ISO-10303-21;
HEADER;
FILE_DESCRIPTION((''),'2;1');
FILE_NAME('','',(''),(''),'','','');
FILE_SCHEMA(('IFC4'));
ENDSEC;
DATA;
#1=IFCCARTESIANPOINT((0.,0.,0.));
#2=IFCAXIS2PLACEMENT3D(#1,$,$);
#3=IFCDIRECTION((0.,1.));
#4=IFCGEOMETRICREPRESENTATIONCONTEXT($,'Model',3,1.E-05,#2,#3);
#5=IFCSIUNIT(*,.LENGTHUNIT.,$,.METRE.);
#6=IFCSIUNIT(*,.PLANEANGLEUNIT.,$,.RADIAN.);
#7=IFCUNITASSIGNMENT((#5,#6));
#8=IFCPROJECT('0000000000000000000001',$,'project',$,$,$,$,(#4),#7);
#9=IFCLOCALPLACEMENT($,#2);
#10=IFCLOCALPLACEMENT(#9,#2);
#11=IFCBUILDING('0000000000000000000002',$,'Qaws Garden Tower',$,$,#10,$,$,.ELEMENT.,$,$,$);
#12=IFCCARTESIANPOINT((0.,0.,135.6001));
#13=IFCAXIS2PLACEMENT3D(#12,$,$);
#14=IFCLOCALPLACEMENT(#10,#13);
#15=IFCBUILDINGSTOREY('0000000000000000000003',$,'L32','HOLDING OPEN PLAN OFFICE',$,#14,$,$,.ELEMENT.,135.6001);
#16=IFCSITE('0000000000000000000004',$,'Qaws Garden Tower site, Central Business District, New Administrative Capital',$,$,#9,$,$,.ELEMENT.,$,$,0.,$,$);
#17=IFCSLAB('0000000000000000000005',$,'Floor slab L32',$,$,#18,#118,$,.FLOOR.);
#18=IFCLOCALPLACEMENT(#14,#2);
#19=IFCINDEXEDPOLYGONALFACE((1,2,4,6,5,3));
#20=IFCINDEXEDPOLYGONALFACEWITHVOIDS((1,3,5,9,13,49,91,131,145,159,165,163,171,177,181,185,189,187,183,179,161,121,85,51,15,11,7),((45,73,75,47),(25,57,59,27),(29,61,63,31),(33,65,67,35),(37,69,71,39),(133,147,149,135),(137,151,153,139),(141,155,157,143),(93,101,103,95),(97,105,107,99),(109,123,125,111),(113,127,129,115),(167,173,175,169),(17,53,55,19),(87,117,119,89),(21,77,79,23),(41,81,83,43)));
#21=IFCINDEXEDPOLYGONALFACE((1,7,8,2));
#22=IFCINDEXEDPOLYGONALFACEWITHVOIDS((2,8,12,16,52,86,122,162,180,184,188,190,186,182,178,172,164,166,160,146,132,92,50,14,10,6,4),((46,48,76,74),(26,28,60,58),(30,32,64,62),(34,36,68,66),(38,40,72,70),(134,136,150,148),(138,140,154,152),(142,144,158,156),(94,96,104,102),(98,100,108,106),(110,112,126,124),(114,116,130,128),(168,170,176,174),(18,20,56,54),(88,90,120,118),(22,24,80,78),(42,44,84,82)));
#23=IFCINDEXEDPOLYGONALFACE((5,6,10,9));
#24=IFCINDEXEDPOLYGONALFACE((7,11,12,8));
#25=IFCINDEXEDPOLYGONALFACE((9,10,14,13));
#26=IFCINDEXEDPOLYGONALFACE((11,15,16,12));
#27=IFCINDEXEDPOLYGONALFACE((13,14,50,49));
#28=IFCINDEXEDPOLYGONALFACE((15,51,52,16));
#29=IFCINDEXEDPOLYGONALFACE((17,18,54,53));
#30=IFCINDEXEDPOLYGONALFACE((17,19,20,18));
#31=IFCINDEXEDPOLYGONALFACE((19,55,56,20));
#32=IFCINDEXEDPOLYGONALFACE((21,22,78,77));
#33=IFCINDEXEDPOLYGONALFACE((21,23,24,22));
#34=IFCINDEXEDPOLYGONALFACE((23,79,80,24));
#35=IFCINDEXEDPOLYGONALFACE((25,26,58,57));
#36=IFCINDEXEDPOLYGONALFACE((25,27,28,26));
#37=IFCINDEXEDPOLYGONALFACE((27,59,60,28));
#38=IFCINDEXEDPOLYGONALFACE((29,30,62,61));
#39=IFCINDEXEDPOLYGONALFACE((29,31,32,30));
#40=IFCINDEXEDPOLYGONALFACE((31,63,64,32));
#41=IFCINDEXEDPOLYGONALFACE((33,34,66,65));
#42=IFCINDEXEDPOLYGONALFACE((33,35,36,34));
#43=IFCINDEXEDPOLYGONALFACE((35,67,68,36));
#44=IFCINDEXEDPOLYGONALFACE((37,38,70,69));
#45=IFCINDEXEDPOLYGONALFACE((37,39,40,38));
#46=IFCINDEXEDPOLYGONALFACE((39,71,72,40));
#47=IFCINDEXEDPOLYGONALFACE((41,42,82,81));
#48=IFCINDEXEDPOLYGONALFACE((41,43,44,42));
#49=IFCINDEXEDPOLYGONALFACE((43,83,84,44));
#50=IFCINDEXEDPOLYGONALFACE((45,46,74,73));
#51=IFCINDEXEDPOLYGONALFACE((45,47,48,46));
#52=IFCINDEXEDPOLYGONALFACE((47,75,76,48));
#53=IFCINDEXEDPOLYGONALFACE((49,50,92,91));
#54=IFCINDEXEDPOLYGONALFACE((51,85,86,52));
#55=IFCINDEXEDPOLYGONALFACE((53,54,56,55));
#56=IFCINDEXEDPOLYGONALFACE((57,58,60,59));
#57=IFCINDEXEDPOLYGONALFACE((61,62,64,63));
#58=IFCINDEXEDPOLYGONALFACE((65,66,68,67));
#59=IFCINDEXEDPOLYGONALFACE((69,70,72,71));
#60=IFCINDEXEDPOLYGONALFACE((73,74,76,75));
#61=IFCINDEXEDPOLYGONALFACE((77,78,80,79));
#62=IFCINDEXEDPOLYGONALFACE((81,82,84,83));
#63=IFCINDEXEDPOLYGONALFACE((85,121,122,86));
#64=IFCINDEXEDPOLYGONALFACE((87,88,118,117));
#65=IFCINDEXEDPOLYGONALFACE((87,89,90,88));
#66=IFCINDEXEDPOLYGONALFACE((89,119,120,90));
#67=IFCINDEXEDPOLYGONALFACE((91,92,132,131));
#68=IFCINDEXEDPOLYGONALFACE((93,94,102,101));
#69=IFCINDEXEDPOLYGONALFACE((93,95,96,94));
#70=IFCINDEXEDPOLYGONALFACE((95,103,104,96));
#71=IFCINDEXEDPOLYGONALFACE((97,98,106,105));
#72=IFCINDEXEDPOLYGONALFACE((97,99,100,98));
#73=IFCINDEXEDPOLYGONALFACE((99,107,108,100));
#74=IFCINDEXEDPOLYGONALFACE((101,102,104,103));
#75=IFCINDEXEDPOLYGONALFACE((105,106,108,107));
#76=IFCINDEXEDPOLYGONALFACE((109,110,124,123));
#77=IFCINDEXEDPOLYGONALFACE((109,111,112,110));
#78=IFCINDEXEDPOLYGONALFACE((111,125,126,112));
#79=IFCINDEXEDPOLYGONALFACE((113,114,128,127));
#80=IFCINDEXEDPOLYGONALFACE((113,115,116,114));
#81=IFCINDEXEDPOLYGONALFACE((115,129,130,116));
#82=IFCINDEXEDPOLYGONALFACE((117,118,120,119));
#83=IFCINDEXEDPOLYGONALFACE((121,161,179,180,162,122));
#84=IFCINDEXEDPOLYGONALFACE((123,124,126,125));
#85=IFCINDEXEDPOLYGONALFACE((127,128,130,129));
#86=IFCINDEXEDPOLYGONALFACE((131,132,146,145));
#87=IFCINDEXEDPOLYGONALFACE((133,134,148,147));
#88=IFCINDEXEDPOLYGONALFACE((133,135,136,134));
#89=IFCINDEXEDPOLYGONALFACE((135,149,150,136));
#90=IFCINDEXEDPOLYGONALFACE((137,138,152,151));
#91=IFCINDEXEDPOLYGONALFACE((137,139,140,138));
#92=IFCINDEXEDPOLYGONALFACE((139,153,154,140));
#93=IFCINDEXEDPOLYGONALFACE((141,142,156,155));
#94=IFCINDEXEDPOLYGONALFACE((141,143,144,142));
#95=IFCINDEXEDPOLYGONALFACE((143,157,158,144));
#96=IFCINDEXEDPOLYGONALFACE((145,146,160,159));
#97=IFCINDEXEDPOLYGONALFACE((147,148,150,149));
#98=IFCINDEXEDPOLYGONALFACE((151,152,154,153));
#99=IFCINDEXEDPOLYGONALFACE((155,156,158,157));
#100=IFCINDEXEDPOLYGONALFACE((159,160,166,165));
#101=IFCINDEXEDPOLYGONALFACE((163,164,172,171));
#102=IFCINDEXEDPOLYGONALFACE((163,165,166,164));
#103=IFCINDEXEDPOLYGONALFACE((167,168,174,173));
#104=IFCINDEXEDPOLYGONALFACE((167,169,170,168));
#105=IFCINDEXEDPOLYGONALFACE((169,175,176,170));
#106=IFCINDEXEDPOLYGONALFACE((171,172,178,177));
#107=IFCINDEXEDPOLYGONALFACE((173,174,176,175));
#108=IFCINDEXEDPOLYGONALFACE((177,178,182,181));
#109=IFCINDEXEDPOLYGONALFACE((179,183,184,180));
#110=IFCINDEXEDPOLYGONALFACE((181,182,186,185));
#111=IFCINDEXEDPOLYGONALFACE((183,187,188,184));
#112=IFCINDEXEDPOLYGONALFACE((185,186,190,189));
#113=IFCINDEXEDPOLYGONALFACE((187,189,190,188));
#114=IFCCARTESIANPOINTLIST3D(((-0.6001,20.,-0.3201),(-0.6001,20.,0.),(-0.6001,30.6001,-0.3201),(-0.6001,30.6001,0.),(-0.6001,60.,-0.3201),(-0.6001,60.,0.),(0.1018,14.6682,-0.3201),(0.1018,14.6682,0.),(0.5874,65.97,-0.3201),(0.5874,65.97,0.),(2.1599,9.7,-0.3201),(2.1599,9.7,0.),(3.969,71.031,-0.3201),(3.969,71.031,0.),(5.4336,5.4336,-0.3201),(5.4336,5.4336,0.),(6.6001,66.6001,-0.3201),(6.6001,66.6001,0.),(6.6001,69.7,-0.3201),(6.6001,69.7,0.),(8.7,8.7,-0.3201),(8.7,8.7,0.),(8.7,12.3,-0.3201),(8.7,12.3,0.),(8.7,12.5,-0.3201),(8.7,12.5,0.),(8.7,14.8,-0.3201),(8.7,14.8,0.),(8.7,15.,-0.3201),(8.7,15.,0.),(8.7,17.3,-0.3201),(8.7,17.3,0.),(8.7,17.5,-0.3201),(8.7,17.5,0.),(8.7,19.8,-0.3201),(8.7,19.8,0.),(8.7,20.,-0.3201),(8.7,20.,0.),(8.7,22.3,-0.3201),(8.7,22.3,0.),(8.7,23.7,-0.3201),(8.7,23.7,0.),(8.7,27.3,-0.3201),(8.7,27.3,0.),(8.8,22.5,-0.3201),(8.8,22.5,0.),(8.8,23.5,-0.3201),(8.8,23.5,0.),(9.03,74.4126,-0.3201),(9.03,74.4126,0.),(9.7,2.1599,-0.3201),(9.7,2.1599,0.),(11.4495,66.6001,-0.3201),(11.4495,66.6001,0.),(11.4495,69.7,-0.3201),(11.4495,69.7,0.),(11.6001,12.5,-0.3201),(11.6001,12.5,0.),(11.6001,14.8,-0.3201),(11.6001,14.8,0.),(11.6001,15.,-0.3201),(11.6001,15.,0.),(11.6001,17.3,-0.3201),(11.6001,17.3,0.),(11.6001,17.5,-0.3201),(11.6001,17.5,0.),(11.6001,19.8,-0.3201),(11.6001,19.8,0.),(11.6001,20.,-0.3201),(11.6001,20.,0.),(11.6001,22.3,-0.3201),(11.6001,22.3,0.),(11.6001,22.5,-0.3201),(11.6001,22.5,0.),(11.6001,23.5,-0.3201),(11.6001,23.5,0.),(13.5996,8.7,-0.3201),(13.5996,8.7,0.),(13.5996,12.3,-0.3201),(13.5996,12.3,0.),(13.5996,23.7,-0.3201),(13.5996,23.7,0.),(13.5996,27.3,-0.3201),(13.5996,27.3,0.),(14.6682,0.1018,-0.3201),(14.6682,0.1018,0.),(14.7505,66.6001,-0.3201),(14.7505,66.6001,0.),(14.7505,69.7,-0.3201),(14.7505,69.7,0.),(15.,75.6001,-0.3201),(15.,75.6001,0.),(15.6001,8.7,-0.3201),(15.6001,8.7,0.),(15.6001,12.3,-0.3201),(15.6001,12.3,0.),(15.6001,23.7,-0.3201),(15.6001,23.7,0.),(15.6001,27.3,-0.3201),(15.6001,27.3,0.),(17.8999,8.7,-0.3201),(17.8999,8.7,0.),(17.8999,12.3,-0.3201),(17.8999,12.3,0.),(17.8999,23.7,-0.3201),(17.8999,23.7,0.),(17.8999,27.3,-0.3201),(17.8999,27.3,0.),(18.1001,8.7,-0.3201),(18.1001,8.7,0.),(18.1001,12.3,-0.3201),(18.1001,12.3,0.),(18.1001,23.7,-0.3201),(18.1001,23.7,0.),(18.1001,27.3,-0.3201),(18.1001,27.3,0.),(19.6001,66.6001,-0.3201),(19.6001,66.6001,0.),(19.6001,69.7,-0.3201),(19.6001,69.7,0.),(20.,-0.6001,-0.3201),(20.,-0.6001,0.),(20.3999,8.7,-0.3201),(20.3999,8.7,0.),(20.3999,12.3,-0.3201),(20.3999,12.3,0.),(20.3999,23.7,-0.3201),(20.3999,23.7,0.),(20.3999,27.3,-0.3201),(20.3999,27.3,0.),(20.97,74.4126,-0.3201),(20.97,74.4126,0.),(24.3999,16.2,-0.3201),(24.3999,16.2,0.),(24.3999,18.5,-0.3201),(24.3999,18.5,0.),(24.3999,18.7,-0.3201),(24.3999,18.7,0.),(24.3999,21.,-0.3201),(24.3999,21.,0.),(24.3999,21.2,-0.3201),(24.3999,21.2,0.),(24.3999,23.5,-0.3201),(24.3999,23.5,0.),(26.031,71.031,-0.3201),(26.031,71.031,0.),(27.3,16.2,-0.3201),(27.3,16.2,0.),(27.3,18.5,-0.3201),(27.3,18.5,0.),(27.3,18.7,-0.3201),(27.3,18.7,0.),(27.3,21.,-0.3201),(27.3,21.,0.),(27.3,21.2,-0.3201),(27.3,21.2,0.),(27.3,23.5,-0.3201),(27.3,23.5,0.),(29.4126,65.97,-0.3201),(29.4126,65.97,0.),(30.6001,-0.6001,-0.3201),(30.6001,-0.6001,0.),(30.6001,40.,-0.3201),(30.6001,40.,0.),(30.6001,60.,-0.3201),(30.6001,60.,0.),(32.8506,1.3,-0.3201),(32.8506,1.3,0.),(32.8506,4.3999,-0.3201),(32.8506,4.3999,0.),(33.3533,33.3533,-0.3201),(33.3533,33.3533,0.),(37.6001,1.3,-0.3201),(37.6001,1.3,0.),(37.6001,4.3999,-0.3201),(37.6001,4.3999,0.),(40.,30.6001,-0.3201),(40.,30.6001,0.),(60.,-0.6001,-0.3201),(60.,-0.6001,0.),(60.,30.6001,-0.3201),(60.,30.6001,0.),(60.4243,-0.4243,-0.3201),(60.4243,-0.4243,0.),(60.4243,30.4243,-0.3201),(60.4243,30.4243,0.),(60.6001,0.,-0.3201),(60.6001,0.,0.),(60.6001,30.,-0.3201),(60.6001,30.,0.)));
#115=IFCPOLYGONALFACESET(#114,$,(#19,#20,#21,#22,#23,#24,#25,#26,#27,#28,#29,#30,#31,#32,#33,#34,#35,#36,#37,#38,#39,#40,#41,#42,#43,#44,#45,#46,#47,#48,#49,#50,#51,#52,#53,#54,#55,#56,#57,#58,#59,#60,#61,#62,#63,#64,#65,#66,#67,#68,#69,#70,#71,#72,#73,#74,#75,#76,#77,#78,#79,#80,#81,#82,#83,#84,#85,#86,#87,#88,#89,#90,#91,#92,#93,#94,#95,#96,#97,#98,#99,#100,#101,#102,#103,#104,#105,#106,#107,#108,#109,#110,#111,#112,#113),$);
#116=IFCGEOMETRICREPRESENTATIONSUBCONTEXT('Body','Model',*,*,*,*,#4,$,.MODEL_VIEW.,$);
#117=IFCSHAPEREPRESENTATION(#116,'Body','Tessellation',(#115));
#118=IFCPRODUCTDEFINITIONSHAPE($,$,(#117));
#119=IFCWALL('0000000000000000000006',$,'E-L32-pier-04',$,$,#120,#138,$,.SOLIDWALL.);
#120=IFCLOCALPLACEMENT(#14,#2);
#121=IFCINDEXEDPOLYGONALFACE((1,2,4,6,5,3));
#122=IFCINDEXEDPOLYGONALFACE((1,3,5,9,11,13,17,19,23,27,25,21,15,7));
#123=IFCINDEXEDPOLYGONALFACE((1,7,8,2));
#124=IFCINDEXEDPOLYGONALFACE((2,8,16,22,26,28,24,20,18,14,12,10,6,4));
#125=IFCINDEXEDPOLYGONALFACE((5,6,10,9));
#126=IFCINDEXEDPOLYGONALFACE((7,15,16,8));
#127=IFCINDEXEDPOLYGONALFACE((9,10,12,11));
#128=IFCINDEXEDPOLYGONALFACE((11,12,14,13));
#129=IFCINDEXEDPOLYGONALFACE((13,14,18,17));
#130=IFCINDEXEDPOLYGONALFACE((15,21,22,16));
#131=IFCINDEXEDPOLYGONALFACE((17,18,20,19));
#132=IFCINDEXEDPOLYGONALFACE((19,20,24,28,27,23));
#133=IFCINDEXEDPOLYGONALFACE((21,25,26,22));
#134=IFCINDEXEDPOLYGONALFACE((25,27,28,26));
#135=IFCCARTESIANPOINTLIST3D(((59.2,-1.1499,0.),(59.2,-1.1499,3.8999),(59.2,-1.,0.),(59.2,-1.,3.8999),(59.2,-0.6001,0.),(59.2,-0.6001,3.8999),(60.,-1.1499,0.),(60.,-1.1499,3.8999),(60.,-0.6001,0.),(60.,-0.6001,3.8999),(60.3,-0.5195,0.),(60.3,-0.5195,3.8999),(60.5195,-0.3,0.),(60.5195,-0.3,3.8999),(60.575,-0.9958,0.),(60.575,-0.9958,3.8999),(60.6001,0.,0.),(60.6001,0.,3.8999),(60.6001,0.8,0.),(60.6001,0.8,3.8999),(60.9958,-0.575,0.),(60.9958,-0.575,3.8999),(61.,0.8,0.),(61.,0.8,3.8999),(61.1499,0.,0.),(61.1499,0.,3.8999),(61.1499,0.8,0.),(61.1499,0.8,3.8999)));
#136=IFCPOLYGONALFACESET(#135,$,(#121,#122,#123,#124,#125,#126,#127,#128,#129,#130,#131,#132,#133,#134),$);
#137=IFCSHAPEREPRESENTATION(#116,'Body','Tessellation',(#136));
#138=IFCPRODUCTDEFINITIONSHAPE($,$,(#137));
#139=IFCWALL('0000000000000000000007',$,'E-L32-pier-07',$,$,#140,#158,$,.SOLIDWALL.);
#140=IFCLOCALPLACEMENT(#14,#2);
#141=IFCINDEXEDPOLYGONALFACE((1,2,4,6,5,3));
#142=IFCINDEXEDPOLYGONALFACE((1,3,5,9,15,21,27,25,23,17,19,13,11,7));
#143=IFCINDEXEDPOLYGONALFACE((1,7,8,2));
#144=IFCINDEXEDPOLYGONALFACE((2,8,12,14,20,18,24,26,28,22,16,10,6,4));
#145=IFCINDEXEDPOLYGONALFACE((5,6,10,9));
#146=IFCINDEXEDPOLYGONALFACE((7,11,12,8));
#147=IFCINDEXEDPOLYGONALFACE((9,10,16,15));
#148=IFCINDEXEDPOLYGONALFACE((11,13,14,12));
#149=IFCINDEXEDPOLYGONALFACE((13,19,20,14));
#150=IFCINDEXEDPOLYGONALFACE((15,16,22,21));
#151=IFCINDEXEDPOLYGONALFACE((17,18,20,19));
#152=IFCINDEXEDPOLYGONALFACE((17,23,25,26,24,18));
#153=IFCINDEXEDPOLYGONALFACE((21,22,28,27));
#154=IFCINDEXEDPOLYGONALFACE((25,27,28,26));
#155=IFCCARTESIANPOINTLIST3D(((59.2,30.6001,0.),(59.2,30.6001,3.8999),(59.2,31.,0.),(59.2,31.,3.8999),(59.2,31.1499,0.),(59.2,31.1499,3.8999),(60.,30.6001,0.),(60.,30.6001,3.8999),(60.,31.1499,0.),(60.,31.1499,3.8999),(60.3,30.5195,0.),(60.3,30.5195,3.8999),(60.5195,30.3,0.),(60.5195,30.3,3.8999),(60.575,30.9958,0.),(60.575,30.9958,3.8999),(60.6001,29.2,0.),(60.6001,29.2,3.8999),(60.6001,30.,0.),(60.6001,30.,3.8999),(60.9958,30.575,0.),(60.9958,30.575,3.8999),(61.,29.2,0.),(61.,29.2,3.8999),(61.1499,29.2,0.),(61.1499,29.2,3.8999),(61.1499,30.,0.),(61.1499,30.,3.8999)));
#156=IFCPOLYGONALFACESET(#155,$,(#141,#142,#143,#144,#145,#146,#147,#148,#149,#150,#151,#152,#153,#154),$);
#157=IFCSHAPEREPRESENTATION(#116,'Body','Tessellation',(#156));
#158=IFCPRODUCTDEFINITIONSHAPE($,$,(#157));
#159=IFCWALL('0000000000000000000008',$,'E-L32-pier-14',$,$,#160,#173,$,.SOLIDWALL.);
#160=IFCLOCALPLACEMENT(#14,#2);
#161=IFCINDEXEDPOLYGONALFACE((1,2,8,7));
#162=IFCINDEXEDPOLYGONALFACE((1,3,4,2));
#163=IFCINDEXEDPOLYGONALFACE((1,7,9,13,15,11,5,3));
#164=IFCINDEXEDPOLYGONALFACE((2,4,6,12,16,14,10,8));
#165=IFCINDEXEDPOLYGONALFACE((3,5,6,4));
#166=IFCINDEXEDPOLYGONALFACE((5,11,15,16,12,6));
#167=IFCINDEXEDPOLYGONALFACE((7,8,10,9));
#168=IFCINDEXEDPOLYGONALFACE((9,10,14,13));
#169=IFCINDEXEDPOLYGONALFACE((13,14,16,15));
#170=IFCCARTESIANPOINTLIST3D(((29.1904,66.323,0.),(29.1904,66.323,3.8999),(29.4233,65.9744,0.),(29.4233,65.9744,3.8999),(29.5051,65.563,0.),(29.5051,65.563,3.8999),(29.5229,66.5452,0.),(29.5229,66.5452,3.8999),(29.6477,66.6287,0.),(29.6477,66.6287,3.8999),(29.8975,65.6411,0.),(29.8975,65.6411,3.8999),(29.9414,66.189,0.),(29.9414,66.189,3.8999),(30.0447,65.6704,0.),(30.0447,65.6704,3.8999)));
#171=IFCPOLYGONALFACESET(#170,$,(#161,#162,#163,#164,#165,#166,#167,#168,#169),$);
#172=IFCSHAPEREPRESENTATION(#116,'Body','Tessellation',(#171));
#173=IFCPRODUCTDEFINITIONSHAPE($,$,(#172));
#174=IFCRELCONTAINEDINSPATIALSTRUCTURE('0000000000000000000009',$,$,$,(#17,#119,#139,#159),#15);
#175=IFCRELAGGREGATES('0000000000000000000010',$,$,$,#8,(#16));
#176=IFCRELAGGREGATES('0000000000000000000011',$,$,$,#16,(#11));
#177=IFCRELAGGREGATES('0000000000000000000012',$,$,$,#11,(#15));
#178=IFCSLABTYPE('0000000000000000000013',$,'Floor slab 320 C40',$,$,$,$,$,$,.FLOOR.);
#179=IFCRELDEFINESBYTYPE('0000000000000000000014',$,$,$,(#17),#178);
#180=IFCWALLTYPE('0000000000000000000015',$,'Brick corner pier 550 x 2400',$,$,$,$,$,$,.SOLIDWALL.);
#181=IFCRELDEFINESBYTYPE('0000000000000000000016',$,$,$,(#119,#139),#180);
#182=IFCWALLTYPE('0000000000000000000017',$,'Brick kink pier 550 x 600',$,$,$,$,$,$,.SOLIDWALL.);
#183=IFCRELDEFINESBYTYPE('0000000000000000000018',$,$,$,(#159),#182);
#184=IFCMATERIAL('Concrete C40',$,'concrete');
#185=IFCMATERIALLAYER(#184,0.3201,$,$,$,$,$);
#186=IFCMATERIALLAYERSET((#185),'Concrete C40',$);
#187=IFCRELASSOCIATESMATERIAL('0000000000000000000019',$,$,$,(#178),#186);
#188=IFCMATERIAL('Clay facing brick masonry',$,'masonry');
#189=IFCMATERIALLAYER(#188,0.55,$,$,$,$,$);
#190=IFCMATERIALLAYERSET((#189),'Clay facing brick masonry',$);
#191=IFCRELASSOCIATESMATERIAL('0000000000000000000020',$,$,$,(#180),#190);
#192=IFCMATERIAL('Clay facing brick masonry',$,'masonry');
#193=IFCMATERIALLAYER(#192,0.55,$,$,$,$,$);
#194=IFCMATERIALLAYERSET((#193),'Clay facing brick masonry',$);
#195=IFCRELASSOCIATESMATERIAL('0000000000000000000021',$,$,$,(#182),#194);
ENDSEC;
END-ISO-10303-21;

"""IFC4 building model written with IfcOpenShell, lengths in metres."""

from ifc_helpers import new_model, si_unit, direction, frame, origin, place, context, subcontext, project, spatial, polyline, outline, extrude, material, layer, layer_set, type_object, element, save


model = new_model("IFC4")

# Units and contexts
model_context = context("Model", 3, precision=1e-05, world=origin(), true_north=direction((0.0, 1.0)))
body_context = subcontext(model_context, "Body", "Model", "MODEL_VIEW")
ifc_project = project(units=[si_unit("LENGTHUNIT", "METRE"), si_unit("PLANEANGLEUNIT", "RADIAN")], contexts=[model_context])

# Site, building, storey
site_placement = place(None, origin())
site = spatial("IfcSite", under=ifc_project, at=site_placement, Name="Qaws Garden Tower site, Central Business District, New Administrative Capital", CompositionType="ELEMENT", RefElevation=0.0)
building_placement = place(site_placement, origin())
building = spatial("IfcBuilding", under=site, at=building_placement, Name="Qaws Garden Tower", CompositionType="ELEMENT")
storey_placement = place(building_placement, frame((0.0, 0.0, 135.6001)))
storey = spatial("IfcBuildingStorey", under=building, at=storey_placement, Name="L32", Description="HOLDING OPEN PLAN OFFICE", CompositionType="ELEMENT", Elevation=135.6001)

# Slab
ifc_material_1 = material(Name="Concrete C40", Category="concrete")
ifc_layer_1 = layer(ifc_material_1, 0.3201)
ifc_layer_set_1 = layer_set([ifc_layer_1], Name="Concrete C40")
slab_type = type_object("IfcSlabType", Name="Floor slab 320 C40", PredefinedType="FLOOR", material=ifc_layer_set_1)
slab_placement = place(storey_placement, frame((0.0, 0.0, -0.3201)))
element("IfcSlab", 1, at=slab_placement, inside=storey, type_object=slab_type, Name="Floor slab L32", PredefinedType="FLOOR", context=body_context, shape_type="SweptSolid", body=[
    extrude(outline(polyline([(0.1018, 14.6682), (-0.6001, 20.0), (-0.6001, 30.6001), (-0.6001, 60.0), (-0.6001, 60.0), (0.5874, 65.97), (3.969, 71.031), (9.03, 74.4126), (15.0, 75.6001), (20.97, 74.4126), (26.031, 71.031), (29.4126, 65.97), (30.6001, 60.0), (30.6001, 40.0), (33.3533, 33.3533), (40.0, 30.6001), (60.0, 30.6001), (60.4243, 30.4243), (60.6001, 30.0), (60.6001, 0.0), (60.4243, -0.4243), (60.0, -0.6001), (30.6001, -0.6001), (20.0, -0.6001), (14.6682, 0.1018), (9.7, 2.1599), (5.4336, 5.4336), (2.1599, 9.7), (0.1018, 14.6682)]), holes=[polyline([(13.5996, 12.3), (8.7, 12.3), (8.7, 8.7), (13.5996, 8.7), (13.5996, 12.3)]), polyline([(17.8999, 12.3), (15.6001, 12.3), (15.6001, 8.7), (17.8999, 8.7), (17.8999, 12.3)]), polyline([(11.6001, 14.8), (8.7, 14.8), (8.7, 12.5), (11.6001, 12.5), (11.6001, 14.8)]), polyline([(11.6001, 17.3), (8.7, 17.3), (8.7, 15.0), (11.6001, 15.0), (11.6001, 17.3)]), polyline([(11.6001, 19.8), (8.7, 19.8), (8.7, 17.5), (11.6001, 17.5), (11.6001, 19.8)]), polyline([(11.6001, 22.3), (8.7, 22.3), (8.7, 20.0), (11.6001, 20.0), (11.6001, 22.3)]), polyline([(11.6001, 23.5), (8.8, 23.5), (8.8, 22.5), (11.6001, 22.5), (11.6001, 23.5)]), polyline([(13.5996, 27.3), (8.7, 27.3), (8.7, 23.7), (13.5996, 23.7), (13.5996, 27.3)]), polyline([(11.4495, 69.7), (6.6001, 69.7), (6.6001, 66.6001), (11.4495, 66.6001), (11.4495, 69.7)]), polyline([(37.6001, 4.3999), (32.8506, 4.3999), (32.8506, 1.3), (37.6001, 1.3), (37.6001, 4.3999)]), polyline([(20.3999, 12.3), (18.1001, 12.3), (18.1001, 8.7), (20.3999, 8.7), (20.3999, 12.3)]), polyline([(27.3, 18.5), (24.3999, 18.5), (24.3999, 16.2), (27.3, 16.2), (27.3, 18.5)]), polyline([(27.3, 21.0), (24.3999, 21.0), (24.3999, 18.7), (27.3, 18.7), (27.3, 21.0)]), polyline([(27.3, 23.5), (24.3999, 23.5), (24.3999, 21.2), (27.3, 21.2), (27.3, 23.5)]), polyline([(17.8999, 27.3), (15.6001, 27.3), (15.6001, 23.7), (17.8999, 23.7), (17.8999, 27.3)]), polyline([(20.3999, 23.7), (20.3999, 27.3), (18.1001, 27.3), (18.1001, 23.7), (20.3999, 23.7)]), polyline([(19.6001, 66.6001), (19.6001, 69.7), (14.7505, 69.7), (14.7505, 66.6001), (19.6001, 66.6001)])]), origin(), (0.0, 0.0, 1.0), 0.3201),
])

# Walls
ifc_material_2 = material(Name="Clay facing brick masonry", Category="masonry")
ifc_layer_2 = layer(ifc_material_2, 0.55)
ifc_layer_set_2 = layer_set([ifc_layer_2], Name="Clay facing brick masonry")
wall_type_1 = type_object("IfcWallType", Name="Brick corner pier 550 x 2400", PredefinedType="SOLIDWALL", material=ifc_layer_set_2)
placement = place(storey_placement, origin())
element("IfcWall", 2, at=placement, inside=storey, type_object=wall_type_1, Name="E-L32-pier-04", PredefinedType="SOLIDWALL", context=body_context, shape_type="SweptSolid", body=[
    extrude(outline(polyline([(59.2, -1.0), (59.2, -1.1499), (60.0, -1.1499), (60.575, -0.9958), (60.9958, -0.575), (61.1499, 0.0), (61.1499, 0.8), (61.0, 0.8), (60.6001, 0.8), (60.6001, 0.0), (60.5195, -0.3), (60.3, -0.5195), (60.0, -0.6001), (59.2, -0.6001), (59.2, -1.0)])), origin(), (0.0, 0.0, 1.0), 3.8999),
])
element("IfcWall", 3, at=placement, inside=storey, type_object=wall_type_1, Name="E-L32-pier-07", PredefinedType="SOLIDWALL", context=body_context, shape_type="SweptSolid", body=[
    extrude(outline(polyline([(61.0, 29.2), (61.1499, 29.2), (61.1499, 30.0), (60.9958, 30.575), (60.575, 30.9958), (60.0, 31.1499), (59.2, 31.1499), (59.2, 31.0), (59.2, 30.6001), (60.0, 30.6001), (60.3, 30.5195), (60.5195, 30.3), (60.6001, 30.0), (60.6001, 29.2), (61.0, 29.2)])), origin(), (0.0, 0.0, 1.0), 3.8999),
])
ifc_material_3 = material(Name="Clay facing brick masonry", Category="masonry")
ifc_layer_3 = layer(ifc_material_3, 0.55)
ifc_layer_set_3 = layer_set([ifc_layer_3], Name="Clay facing brick masonry")
wall_type_2 = type_object("IfcWallType", Name="Brick kink pier 550 x 600", PredefinedType="SOLIDWALL", material=ifc_layer_set_3)
element("IfcWall", 4, at=placement, inside=storey, type_object=wall_type_2, Name="E-L32-pier-14", PredefinedType="SOLIDWALL", context=body_context, shape_type="SweptSolid", body=[
    extrude(outline(polyline([(29.8975, 65.6411), (30.0447, 65.6704), (29.9414, 66.189), (29.6477, 66.6287), (29.5229, 66.5452), (29.1904, 66.323), (29.4233, 65.9744), (29.5051, 65.563), (29.8975, 65.6411)])), origin(), (0.0, 0.0, 1.0), 3.8999),
])

save(model, "model.ifc")
